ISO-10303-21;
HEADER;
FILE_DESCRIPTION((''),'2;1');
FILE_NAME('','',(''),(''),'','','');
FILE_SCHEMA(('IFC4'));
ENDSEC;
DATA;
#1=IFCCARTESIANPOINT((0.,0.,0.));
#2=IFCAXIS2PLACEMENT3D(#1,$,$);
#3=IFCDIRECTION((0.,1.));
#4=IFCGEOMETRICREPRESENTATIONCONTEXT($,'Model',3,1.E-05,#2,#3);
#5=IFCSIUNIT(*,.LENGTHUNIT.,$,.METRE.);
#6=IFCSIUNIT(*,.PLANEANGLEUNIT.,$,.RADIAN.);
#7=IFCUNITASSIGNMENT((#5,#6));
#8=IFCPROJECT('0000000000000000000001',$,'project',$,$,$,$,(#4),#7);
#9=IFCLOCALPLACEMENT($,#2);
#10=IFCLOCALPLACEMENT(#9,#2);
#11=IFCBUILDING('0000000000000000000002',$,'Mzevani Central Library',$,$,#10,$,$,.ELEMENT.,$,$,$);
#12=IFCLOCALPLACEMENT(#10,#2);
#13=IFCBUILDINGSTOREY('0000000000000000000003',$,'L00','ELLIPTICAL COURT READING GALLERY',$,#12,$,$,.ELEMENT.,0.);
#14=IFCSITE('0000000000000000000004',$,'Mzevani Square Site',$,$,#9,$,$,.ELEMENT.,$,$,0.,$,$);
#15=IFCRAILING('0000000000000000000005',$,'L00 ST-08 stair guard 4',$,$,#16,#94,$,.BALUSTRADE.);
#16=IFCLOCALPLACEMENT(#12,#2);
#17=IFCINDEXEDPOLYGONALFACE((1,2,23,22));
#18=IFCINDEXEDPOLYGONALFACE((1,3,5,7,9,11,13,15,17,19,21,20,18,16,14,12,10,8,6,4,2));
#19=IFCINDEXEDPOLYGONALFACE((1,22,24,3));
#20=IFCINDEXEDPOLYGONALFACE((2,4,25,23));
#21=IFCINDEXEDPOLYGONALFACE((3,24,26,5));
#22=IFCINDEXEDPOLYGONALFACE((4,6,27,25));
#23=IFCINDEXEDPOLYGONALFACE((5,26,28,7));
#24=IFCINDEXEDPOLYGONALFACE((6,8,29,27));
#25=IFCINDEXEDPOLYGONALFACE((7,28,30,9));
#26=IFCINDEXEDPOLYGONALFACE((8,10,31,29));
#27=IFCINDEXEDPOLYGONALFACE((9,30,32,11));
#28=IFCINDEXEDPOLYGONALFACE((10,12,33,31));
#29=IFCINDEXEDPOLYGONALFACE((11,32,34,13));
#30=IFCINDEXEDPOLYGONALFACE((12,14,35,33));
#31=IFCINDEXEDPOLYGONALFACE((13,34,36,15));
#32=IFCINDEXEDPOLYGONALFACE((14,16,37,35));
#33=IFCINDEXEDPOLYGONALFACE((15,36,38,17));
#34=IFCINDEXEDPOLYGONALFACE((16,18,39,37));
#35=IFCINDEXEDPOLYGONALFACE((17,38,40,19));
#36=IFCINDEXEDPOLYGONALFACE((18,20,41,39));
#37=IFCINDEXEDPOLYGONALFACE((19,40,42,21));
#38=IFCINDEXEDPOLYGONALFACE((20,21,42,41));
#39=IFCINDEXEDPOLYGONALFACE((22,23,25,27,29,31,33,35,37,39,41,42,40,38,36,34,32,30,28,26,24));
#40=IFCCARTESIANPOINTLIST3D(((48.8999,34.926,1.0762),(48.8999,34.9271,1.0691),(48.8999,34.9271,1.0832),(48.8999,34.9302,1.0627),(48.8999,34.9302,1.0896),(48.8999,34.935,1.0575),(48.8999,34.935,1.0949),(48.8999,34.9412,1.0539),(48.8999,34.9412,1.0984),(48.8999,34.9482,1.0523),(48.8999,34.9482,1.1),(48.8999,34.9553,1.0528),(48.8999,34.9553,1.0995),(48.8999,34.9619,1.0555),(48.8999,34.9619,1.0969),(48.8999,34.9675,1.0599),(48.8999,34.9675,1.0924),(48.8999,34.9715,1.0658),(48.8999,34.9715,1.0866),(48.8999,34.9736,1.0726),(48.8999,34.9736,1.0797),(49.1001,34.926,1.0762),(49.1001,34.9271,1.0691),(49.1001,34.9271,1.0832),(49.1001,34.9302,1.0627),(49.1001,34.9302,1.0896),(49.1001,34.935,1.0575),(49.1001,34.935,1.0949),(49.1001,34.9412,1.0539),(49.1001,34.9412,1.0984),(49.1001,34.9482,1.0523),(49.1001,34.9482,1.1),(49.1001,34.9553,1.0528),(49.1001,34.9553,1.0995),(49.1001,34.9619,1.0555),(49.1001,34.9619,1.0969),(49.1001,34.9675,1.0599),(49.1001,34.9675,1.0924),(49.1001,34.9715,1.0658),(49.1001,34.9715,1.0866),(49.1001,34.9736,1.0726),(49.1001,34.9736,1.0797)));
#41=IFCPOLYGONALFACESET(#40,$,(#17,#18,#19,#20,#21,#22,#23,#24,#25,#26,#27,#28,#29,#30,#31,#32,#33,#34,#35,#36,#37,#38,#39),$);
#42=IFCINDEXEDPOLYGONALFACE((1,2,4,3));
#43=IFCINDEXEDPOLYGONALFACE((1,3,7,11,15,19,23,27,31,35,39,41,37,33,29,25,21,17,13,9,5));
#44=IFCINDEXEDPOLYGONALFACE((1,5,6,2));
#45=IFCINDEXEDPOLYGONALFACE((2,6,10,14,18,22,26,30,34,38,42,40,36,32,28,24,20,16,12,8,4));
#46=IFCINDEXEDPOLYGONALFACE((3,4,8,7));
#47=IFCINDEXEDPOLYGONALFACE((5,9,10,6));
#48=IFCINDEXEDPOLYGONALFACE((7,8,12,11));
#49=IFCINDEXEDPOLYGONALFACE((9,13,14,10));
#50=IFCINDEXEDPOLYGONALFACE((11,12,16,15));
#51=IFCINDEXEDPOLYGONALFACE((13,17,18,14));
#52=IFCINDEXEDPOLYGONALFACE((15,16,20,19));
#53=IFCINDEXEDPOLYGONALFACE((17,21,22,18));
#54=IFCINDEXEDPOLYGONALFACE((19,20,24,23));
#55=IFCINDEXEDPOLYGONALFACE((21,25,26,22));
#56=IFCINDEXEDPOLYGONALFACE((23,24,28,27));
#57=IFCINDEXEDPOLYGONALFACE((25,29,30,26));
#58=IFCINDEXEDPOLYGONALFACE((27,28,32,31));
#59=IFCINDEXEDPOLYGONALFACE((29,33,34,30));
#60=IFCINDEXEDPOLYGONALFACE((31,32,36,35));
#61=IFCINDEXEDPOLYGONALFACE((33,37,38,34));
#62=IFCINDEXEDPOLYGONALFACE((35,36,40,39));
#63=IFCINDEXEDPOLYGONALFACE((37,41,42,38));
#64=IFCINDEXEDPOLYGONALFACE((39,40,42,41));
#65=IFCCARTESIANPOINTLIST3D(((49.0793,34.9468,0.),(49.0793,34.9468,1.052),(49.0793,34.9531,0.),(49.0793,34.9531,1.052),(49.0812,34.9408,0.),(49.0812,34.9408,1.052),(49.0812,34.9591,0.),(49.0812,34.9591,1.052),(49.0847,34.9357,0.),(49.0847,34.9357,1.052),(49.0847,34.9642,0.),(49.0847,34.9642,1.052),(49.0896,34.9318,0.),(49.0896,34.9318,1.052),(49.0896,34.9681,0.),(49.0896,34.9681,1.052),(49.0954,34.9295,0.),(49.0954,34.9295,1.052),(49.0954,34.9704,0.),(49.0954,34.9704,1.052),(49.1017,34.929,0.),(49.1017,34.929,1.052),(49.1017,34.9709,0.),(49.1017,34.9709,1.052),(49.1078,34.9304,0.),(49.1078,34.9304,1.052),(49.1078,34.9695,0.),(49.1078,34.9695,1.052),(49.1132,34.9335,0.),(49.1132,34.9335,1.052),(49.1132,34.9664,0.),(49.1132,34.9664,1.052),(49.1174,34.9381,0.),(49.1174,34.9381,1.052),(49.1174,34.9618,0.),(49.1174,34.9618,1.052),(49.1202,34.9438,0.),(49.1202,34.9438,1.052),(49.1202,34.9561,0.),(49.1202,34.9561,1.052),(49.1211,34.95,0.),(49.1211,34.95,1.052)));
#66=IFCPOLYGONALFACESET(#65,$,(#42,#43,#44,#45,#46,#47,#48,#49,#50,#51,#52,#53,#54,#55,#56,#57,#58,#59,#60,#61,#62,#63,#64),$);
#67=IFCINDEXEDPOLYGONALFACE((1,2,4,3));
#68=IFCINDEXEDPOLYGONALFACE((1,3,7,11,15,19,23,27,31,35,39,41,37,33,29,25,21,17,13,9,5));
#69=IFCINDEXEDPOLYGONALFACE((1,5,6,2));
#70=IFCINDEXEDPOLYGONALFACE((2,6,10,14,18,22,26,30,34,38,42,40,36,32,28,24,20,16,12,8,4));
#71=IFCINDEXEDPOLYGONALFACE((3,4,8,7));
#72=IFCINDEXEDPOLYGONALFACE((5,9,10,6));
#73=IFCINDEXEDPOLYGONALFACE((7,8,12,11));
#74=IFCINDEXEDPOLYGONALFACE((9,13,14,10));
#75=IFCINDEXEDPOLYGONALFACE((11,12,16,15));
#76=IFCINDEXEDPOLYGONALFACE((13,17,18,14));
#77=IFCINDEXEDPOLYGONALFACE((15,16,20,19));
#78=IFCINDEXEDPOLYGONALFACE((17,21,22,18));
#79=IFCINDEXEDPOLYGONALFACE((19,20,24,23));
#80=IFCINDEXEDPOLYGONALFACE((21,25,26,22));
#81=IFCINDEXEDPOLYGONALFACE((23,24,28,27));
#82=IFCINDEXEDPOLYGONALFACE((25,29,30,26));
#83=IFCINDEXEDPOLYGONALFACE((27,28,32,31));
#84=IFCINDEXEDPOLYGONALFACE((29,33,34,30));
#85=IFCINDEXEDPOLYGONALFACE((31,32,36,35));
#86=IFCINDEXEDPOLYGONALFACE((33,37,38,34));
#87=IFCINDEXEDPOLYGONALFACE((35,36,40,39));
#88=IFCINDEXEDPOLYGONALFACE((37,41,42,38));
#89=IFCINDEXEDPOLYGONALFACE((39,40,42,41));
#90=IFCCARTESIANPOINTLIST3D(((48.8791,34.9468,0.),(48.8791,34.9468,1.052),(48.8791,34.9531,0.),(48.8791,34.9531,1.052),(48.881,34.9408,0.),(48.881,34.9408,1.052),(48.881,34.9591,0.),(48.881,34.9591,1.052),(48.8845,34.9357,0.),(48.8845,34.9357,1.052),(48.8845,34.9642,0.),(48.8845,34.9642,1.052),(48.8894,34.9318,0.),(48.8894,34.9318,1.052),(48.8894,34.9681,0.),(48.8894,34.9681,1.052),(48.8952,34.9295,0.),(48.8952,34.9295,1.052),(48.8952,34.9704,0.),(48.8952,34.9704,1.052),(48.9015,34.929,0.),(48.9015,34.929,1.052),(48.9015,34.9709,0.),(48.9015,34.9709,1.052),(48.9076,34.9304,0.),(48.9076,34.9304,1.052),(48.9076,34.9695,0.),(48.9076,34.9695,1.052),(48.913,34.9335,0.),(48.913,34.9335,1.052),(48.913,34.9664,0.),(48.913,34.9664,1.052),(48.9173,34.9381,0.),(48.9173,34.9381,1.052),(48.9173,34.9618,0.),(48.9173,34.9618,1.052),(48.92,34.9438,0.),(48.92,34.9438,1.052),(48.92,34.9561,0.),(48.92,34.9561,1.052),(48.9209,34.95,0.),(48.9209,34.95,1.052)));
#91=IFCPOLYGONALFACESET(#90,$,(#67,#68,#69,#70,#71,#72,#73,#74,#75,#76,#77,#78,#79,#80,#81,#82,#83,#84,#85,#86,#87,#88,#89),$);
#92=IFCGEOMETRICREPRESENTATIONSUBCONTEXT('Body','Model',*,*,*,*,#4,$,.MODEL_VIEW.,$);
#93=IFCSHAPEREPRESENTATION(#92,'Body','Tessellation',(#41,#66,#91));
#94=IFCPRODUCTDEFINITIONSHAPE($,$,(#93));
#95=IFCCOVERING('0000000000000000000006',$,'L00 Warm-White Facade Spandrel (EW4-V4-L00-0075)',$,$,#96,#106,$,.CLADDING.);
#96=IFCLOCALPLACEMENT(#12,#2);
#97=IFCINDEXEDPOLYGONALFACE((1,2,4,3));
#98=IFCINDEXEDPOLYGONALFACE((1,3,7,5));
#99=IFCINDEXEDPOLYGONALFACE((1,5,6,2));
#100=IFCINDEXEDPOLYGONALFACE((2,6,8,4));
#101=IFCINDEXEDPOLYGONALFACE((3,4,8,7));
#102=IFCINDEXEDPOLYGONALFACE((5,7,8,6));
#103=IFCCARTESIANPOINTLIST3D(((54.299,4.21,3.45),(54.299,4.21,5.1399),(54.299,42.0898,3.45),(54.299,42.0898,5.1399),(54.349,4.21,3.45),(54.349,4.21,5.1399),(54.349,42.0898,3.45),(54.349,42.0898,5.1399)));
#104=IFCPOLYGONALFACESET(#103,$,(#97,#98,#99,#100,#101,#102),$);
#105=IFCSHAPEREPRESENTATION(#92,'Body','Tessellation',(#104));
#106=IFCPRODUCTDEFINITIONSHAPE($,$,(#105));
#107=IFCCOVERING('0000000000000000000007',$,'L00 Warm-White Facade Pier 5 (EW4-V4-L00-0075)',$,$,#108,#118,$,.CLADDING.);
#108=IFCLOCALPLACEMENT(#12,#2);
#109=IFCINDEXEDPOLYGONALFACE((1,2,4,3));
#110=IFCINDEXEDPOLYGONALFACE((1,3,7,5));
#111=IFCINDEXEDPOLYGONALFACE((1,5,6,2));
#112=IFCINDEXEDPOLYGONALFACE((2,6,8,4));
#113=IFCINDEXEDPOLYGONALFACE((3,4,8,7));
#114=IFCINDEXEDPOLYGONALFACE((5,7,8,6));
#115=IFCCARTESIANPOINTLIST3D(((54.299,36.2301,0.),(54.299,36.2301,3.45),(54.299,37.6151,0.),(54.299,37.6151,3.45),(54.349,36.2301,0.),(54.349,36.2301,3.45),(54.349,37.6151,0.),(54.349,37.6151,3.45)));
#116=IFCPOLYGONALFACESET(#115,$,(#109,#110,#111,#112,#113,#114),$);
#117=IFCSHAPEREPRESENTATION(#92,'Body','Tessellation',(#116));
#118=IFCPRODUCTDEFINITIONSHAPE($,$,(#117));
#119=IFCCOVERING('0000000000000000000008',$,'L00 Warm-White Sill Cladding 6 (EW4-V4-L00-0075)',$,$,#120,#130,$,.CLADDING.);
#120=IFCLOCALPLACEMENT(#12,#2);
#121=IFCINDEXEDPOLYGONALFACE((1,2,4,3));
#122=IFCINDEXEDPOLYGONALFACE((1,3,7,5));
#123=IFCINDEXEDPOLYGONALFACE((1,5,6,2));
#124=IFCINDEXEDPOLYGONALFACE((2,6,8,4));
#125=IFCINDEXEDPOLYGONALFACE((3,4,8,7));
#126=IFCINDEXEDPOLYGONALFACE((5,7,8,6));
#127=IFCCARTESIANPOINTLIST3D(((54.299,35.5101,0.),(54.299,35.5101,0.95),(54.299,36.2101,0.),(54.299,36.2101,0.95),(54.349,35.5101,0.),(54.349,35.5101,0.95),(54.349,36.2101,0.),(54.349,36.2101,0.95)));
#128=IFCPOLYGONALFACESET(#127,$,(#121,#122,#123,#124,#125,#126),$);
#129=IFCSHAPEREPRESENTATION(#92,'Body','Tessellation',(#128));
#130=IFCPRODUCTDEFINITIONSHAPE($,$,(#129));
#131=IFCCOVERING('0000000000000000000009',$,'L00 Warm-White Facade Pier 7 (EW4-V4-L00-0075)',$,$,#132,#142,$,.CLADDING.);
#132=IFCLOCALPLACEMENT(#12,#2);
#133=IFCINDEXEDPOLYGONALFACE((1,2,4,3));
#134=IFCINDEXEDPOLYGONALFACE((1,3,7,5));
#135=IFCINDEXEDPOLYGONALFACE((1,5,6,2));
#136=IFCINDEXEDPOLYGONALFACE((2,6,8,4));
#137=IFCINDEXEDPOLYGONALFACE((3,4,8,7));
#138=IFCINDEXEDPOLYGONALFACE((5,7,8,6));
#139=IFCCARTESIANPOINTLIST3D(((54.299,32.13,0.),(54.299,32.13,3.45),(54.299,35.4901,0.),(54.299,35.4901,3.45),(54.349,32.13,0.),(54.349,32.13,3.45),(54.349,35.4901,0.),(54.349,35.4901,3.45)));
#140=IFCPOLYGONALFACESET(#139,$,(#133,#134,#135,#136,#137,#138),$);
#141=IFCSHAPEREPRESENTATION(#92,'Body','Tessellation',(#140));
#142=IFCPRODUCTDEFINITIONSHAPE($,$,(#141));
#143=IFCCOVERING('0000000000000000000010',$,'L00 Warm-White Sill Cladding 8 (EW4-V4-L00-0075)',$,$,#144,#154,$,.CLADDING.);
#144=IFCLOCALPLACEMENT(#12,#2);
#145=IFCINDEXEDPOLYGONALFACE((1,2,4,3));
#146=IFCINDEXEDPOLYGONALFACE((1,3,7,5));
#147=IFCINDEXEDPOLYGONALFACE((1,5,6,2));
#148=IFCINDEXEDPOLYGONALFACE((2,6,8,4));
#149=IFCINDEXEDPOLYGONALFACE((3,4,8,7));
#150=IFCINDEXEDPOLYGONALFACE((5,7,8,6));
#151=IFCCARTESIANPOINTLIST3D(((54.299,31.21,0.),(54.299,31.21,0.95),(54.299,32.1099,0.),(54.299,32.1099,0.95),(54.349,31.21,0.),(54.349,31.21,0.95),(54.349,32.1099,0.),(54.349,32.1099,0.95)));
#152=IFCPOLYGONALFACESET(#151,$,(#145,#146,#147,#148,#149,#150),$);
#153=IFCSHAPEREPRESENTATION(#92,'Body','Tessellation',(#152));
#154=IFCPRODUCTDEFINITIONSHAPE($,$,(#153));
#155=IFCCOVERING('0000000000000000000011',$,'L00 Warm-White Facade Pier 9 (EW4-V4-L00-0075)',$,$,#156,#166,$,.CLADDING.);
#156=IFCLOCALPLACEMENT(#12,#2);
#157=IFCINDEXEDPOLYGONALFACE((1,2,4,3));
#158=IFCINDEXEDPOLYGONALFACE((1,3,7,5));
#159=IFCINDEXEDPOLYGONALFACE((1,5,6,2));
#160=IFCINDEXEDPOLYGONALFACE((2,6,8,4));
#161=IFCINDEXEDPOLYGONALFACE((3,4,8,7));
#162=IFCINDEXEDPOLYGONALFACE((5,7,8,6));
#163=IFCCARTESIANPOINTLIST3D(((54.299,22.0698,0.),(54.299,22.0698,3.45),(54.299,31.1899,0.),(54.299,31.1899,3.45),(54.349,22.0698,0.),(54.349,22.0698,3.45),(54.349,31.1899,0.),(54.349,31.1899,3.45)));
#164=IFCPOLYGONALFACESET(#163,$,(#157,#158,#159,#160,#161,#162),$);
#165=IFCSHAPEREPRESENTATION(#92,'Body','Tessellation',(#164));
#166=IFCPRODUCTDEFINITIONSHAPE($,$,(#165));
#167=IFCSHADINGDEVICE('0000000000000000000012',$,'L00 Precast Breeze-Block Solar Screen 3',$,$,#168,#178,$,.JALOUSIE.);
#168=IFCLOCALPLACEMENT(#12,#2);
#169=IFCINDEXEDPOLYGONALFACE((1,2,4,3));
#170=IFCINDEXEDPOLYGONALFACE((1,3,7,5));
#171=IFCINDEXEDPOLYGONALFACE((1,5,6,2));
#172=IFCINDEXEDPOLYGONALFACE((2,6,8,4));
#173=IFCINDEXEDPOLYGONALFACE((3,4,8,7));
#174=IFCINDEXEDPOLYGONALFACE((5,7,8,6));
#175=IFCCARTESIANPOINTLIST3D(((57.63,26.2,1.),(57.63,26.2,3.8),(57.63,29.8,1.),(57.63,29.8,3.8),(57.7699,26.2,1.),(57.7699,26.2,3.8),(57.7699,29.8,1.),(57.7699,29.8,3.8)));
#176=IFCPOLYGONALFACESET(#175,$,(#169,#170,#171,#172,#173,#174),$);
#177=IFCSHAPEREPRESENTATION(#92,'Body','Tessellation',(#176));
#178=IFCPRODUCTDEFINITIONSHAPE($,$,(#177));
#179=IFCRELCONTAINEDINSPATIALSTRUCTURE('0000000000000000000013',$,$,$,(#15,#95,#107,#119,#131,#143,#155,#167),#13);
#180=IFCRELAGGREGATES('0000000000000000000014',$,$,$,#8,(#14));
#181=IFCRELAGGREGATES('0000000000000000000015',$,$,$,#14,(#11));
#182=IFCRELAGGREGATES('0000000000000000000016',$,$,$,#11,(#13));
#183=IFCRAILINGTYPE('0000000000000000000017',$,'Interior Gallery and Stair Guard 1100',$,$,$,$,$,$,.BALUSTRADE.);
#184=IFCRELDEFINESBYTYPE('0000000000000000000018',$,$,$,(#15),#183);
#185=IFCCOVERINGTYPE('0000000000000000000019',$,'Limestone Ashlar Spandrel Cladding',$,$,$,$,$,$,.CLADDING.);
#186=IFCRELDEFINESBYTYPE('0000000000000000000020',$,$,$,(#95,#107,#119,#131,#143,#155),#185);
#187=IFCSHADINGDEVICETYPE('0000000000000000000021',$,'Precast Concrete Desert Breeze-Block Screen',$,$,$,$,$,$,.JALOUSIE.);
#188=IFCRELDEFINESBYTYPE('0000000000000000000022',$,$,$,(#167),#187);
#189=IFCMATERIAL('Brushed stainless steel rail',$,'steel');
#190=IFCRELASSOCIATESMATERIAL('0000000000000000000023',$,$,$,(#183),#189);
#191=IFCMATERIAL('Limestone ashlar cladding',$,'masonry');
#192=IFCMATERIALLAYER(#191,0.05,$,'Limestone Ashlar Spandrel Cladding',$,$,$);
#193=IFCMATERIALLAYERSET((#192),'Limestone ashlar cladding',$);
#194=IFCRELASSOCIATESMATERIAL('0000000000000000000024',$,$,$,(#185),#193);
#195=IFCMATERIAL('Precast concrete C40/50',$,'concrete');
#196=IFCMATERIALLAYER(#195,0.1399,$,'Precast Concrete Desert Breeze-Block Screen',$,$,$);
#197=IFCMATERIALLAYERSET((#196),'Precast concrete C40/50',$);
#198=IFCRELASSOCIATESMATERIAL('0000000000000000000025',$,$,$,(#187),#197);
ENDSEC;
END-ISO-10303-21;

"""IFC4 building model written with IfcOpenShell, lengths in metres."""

from ifc_helpers import new_model, si_unit, direction, frame, origin, origin_2d, place, context, subcontext, project, spatial, rectangle, circle, extrude, material, layer, layer_set, type_object, element, save


model = new_model("IFC4")

# Units and contexts
model_context = context("Model", 3, precision=1e-05, world=origin(), true_north=direction((0.0, 1.0)))
body_context = subcontext(model_context, "Body", "Model", "MODEL_VIEW")
ifc_project = project(units=[si_unit("LENGTHUNIT", "METRE"), si_unit("PLANEANGLEUNIT", "RADIAN")], contexts=[model_context])

# Site, building, storey
site_placement = place(None, origin())
site = spatial("IfcSite", under=ifc_project, at=site_placement, Name="Mzevani Square Site", CompositionType="ELEMENT", RefElevation=0.0)
building_placement = place(site_placement, origin())
building = spatial("IfcBuilding", under=site, at=building_placement, Name="Mzevani Central Library", CompositionType="ELEMENT")
storey_placement = place(building_placement, origin())
storey = spatial("IfcBuildingStorey", under=building, at=storey_placement, Name="L00", Description="ELLIPTICAL COURT READING GALLERY", CompositionType="ELEMENT", Elevation=0.0)

# Shared definitions
ifc_material_1 = material(Name="Precast concrete C40/50", Category="concrete")

# Railing
ifc_material_2 = material(Name="Brushed stainless steel rail", Category="steel")
railing_type_1 = type_object("IfcRailingType", Name="Interior Gallery and Stair Guard 1100", PredefinedType="BALUSTRADE", material=ifc_material_2)
railing_1_placement = place(storey_placement, frame((49.1001, 34.95, 0.0)))
element("IfcRailing", 1, at=railing_1_placement, inside=storey, type_object=railing_type_1, Name="L00 ST-08 stair guard 4", PredefinedType="BALUSTRADE", context=body_context, shape_type="SweptSolid", body=[
    extrude(circle(Radius=0.0239, at=origin_2d()), frame((0.0, 0.0, 1.0762), z_axis=(-1.0, 0.0, 0.0), x_axis=(0.0, -1.0, 0.0)), (0.0, 0.0, 1.0), 0.2002),
    extrude(circle(Radius=0.021, at=origin_2d()), origin(), (0.0, 0.0, 1.0), 1.052),
    extrude(circle(Radius=0.021, at=origin_2d()), frame((-0.2002, 0.0, 0.0)), (0.0, 0.0, 1.0), 1.052),
])

# Coverings
ifc_material_3 = material(Name="Limestone ashlar cladding", Category="masonry")
ifc_layer_1 = layer(ifc_material_3, 0.05, Name="Limestone Ashlar Spandrel Cladding")
ifc_layer_set_1 = layer_set([ifc_layer_1], Name="Limestone ashlar cladding")
covering_type_1 = type_object("IfcCoveringType", Name="Limestone Ashlar Spandrel Cladding", PredefinedType="CLADDING", material=ifc_layer_set_1)
covering_1_placement = place(storey_placement, frame((54.324, 23.1499, 3.45), z_axis=(0.0, 0.0, 1.0), x_axis=(0.0, -1.0, 0.0)))
element("IfcCovering", 2, at=covering_1_placement, inside=storey, type_object=covering_type_1, Name="L00 Warm-White Facade Spandrel (EW4-V4-L00-0075)", PredefinedType="CLADDING", context=body_context, shape_type="SweptSolid", body=[
    extrude(rectangle(XDim=37.8799, YDim=0.05, at=origin_2d()), origin(), (0.0, 0.0, 1.0), 1.6899),
])
covering_2_placement = place(storey_placement, frame((54.324, 36.9226, 0.0), z_axis=(0.0, 0.0, 1.0), x_axis=(0.0, -1.0, 0.0)))
element("IfcCovering", 3, at=covering_2_placement, inside=storey, type_object=covering_type_1, Name="L00 Warm-White Facade Pier 5 (EW4-V4-L00-0075)", PredefinedType="CLADDING", context=body_context, shape_type="SweptSolid", body=[
    extrude(rectangle(XDim=1.385, YDim=0.05, at=origin_2d()), origin(), (0.0, 0.0, 1.0), 3.45),
])
covering_3_placement = place(storey_placement, frame((54.324, 35.8601, 0.0), z_axis=(0.0, 0.0, 1.0), x_axis=(0.0, -1.0, 0.0)))
element("IfcCovering", 4, at=covering_3_placement, inside=storey, type_object=covering_type_1, Name="L00 Warm-White Sill Cladding 6 (EW4-V4-L00-0075)", PredefinedType="CLADDING", context=body_context, shape_type="SweptSolid", body=[
    extrude(rectangle(XDim=0.7, YDim=0.05, at=origin_2d()), origin(), (0.0, 0.0, 1.0), 0.95),
])
covering_4_placement = place(storey_placement, frame((54.324, 33.8101, 0.0), z_axis=(0.0, 0.0, 1.0), x_axis=(0.0, -1.0, 0.0)))
element("IfcCovering", 5, at=covering_4_placement, inside=storey, type_object=covering_type_1, Name="L00 Warm-White Facade Pier 7 (EW4-V4-L00-0075)", PredefinedType="CLADDING", context=body_context, shape_type="SweptSolid", body=[
    extrude(rectangle(XDim=3.3601, YDim=0.05, at=origin_2d()), origin(), (0.0, 0.0, 1.0), 3.45),
])
covering_5_placement = place(storey_placement, frame((54.324, 31.6599, 0.0), z_axis=(0.0, 0.0, 1.0), x_axis=(0.0, -1.0, 0.0)))
element("IfcCovering", 6, at=covering_5_placement, inside=storey, type_object=covering_type_1, Name="L00 Warm-White Sill Cladding 8 (EW4-V4-L00-0075)", PredefinedType="CLADDING", context=body_context, shape_type="SweptSolid", body=[
    extrude(rectangle(XDim=0.8999, YDim=0.05, at=origin_2d()), origin(), (0.0, 0.0, 1.0), 0.95),
])
covering_6_placement = place(storey_placement, frame((54.324, 26.6299, 0.0), z_axis=(0.0, 0.0, 1.0), x_axis=(0.0, -1.0, 0.0)))
element("IfcCovering", 7, at=covering_6_placement, inside=storey, type_object=covering_type_1, Name="L00 Warm-White Facade Pier 9 (EW4-V4-L00-0075)", PredefinedType="CLADDING", context=body_context, shape_type="SweptSolid", body=[
    extrude(rectangle(XDim=9.1201, YDim=0.05, at=origin_2d()), origin(), (0.0, 0.0, 1.0), 3.45),
])

# Shading device
ifc_layer_2 = layer(ifc_material_1, 0.1399, Name="Precast Concrete Desert Breeze-Block Screen")
ifc_layer_set_2 = layer_set([ifc_layer_2], Name="Precast concrete C40/50")
shading_device_type = type_object("IfcShadingDeviceType", Name="Precast Concrete Desert Breeze-Block Screen", PredefinedType="JALOUSIE", material=ifc_layer_set_2)
shading_device_placement = place(storey_placement, frame((57.7, 28.0, 1.0), z_axis=(0.0, 0.0, 1.0), x_axis=(1.0, 0.0, 0.0)))
element("IfcShadingDevice", 8, at=shading_device_placement, inside=storey, type_object=shading_device_type, Name="L00 Precast Breeze-Block Solar Screen 3", PredefinedType="JALOUSIE", context=body_context, shape_type="SweptSolid", body=[
    extrude(rectangle(XDim=0.1399, YDim=3.6001, at=origin_2d()), origin(), (0.0, 0.0, 1.0), 2.8),
])

save(model, "model.ifc")
